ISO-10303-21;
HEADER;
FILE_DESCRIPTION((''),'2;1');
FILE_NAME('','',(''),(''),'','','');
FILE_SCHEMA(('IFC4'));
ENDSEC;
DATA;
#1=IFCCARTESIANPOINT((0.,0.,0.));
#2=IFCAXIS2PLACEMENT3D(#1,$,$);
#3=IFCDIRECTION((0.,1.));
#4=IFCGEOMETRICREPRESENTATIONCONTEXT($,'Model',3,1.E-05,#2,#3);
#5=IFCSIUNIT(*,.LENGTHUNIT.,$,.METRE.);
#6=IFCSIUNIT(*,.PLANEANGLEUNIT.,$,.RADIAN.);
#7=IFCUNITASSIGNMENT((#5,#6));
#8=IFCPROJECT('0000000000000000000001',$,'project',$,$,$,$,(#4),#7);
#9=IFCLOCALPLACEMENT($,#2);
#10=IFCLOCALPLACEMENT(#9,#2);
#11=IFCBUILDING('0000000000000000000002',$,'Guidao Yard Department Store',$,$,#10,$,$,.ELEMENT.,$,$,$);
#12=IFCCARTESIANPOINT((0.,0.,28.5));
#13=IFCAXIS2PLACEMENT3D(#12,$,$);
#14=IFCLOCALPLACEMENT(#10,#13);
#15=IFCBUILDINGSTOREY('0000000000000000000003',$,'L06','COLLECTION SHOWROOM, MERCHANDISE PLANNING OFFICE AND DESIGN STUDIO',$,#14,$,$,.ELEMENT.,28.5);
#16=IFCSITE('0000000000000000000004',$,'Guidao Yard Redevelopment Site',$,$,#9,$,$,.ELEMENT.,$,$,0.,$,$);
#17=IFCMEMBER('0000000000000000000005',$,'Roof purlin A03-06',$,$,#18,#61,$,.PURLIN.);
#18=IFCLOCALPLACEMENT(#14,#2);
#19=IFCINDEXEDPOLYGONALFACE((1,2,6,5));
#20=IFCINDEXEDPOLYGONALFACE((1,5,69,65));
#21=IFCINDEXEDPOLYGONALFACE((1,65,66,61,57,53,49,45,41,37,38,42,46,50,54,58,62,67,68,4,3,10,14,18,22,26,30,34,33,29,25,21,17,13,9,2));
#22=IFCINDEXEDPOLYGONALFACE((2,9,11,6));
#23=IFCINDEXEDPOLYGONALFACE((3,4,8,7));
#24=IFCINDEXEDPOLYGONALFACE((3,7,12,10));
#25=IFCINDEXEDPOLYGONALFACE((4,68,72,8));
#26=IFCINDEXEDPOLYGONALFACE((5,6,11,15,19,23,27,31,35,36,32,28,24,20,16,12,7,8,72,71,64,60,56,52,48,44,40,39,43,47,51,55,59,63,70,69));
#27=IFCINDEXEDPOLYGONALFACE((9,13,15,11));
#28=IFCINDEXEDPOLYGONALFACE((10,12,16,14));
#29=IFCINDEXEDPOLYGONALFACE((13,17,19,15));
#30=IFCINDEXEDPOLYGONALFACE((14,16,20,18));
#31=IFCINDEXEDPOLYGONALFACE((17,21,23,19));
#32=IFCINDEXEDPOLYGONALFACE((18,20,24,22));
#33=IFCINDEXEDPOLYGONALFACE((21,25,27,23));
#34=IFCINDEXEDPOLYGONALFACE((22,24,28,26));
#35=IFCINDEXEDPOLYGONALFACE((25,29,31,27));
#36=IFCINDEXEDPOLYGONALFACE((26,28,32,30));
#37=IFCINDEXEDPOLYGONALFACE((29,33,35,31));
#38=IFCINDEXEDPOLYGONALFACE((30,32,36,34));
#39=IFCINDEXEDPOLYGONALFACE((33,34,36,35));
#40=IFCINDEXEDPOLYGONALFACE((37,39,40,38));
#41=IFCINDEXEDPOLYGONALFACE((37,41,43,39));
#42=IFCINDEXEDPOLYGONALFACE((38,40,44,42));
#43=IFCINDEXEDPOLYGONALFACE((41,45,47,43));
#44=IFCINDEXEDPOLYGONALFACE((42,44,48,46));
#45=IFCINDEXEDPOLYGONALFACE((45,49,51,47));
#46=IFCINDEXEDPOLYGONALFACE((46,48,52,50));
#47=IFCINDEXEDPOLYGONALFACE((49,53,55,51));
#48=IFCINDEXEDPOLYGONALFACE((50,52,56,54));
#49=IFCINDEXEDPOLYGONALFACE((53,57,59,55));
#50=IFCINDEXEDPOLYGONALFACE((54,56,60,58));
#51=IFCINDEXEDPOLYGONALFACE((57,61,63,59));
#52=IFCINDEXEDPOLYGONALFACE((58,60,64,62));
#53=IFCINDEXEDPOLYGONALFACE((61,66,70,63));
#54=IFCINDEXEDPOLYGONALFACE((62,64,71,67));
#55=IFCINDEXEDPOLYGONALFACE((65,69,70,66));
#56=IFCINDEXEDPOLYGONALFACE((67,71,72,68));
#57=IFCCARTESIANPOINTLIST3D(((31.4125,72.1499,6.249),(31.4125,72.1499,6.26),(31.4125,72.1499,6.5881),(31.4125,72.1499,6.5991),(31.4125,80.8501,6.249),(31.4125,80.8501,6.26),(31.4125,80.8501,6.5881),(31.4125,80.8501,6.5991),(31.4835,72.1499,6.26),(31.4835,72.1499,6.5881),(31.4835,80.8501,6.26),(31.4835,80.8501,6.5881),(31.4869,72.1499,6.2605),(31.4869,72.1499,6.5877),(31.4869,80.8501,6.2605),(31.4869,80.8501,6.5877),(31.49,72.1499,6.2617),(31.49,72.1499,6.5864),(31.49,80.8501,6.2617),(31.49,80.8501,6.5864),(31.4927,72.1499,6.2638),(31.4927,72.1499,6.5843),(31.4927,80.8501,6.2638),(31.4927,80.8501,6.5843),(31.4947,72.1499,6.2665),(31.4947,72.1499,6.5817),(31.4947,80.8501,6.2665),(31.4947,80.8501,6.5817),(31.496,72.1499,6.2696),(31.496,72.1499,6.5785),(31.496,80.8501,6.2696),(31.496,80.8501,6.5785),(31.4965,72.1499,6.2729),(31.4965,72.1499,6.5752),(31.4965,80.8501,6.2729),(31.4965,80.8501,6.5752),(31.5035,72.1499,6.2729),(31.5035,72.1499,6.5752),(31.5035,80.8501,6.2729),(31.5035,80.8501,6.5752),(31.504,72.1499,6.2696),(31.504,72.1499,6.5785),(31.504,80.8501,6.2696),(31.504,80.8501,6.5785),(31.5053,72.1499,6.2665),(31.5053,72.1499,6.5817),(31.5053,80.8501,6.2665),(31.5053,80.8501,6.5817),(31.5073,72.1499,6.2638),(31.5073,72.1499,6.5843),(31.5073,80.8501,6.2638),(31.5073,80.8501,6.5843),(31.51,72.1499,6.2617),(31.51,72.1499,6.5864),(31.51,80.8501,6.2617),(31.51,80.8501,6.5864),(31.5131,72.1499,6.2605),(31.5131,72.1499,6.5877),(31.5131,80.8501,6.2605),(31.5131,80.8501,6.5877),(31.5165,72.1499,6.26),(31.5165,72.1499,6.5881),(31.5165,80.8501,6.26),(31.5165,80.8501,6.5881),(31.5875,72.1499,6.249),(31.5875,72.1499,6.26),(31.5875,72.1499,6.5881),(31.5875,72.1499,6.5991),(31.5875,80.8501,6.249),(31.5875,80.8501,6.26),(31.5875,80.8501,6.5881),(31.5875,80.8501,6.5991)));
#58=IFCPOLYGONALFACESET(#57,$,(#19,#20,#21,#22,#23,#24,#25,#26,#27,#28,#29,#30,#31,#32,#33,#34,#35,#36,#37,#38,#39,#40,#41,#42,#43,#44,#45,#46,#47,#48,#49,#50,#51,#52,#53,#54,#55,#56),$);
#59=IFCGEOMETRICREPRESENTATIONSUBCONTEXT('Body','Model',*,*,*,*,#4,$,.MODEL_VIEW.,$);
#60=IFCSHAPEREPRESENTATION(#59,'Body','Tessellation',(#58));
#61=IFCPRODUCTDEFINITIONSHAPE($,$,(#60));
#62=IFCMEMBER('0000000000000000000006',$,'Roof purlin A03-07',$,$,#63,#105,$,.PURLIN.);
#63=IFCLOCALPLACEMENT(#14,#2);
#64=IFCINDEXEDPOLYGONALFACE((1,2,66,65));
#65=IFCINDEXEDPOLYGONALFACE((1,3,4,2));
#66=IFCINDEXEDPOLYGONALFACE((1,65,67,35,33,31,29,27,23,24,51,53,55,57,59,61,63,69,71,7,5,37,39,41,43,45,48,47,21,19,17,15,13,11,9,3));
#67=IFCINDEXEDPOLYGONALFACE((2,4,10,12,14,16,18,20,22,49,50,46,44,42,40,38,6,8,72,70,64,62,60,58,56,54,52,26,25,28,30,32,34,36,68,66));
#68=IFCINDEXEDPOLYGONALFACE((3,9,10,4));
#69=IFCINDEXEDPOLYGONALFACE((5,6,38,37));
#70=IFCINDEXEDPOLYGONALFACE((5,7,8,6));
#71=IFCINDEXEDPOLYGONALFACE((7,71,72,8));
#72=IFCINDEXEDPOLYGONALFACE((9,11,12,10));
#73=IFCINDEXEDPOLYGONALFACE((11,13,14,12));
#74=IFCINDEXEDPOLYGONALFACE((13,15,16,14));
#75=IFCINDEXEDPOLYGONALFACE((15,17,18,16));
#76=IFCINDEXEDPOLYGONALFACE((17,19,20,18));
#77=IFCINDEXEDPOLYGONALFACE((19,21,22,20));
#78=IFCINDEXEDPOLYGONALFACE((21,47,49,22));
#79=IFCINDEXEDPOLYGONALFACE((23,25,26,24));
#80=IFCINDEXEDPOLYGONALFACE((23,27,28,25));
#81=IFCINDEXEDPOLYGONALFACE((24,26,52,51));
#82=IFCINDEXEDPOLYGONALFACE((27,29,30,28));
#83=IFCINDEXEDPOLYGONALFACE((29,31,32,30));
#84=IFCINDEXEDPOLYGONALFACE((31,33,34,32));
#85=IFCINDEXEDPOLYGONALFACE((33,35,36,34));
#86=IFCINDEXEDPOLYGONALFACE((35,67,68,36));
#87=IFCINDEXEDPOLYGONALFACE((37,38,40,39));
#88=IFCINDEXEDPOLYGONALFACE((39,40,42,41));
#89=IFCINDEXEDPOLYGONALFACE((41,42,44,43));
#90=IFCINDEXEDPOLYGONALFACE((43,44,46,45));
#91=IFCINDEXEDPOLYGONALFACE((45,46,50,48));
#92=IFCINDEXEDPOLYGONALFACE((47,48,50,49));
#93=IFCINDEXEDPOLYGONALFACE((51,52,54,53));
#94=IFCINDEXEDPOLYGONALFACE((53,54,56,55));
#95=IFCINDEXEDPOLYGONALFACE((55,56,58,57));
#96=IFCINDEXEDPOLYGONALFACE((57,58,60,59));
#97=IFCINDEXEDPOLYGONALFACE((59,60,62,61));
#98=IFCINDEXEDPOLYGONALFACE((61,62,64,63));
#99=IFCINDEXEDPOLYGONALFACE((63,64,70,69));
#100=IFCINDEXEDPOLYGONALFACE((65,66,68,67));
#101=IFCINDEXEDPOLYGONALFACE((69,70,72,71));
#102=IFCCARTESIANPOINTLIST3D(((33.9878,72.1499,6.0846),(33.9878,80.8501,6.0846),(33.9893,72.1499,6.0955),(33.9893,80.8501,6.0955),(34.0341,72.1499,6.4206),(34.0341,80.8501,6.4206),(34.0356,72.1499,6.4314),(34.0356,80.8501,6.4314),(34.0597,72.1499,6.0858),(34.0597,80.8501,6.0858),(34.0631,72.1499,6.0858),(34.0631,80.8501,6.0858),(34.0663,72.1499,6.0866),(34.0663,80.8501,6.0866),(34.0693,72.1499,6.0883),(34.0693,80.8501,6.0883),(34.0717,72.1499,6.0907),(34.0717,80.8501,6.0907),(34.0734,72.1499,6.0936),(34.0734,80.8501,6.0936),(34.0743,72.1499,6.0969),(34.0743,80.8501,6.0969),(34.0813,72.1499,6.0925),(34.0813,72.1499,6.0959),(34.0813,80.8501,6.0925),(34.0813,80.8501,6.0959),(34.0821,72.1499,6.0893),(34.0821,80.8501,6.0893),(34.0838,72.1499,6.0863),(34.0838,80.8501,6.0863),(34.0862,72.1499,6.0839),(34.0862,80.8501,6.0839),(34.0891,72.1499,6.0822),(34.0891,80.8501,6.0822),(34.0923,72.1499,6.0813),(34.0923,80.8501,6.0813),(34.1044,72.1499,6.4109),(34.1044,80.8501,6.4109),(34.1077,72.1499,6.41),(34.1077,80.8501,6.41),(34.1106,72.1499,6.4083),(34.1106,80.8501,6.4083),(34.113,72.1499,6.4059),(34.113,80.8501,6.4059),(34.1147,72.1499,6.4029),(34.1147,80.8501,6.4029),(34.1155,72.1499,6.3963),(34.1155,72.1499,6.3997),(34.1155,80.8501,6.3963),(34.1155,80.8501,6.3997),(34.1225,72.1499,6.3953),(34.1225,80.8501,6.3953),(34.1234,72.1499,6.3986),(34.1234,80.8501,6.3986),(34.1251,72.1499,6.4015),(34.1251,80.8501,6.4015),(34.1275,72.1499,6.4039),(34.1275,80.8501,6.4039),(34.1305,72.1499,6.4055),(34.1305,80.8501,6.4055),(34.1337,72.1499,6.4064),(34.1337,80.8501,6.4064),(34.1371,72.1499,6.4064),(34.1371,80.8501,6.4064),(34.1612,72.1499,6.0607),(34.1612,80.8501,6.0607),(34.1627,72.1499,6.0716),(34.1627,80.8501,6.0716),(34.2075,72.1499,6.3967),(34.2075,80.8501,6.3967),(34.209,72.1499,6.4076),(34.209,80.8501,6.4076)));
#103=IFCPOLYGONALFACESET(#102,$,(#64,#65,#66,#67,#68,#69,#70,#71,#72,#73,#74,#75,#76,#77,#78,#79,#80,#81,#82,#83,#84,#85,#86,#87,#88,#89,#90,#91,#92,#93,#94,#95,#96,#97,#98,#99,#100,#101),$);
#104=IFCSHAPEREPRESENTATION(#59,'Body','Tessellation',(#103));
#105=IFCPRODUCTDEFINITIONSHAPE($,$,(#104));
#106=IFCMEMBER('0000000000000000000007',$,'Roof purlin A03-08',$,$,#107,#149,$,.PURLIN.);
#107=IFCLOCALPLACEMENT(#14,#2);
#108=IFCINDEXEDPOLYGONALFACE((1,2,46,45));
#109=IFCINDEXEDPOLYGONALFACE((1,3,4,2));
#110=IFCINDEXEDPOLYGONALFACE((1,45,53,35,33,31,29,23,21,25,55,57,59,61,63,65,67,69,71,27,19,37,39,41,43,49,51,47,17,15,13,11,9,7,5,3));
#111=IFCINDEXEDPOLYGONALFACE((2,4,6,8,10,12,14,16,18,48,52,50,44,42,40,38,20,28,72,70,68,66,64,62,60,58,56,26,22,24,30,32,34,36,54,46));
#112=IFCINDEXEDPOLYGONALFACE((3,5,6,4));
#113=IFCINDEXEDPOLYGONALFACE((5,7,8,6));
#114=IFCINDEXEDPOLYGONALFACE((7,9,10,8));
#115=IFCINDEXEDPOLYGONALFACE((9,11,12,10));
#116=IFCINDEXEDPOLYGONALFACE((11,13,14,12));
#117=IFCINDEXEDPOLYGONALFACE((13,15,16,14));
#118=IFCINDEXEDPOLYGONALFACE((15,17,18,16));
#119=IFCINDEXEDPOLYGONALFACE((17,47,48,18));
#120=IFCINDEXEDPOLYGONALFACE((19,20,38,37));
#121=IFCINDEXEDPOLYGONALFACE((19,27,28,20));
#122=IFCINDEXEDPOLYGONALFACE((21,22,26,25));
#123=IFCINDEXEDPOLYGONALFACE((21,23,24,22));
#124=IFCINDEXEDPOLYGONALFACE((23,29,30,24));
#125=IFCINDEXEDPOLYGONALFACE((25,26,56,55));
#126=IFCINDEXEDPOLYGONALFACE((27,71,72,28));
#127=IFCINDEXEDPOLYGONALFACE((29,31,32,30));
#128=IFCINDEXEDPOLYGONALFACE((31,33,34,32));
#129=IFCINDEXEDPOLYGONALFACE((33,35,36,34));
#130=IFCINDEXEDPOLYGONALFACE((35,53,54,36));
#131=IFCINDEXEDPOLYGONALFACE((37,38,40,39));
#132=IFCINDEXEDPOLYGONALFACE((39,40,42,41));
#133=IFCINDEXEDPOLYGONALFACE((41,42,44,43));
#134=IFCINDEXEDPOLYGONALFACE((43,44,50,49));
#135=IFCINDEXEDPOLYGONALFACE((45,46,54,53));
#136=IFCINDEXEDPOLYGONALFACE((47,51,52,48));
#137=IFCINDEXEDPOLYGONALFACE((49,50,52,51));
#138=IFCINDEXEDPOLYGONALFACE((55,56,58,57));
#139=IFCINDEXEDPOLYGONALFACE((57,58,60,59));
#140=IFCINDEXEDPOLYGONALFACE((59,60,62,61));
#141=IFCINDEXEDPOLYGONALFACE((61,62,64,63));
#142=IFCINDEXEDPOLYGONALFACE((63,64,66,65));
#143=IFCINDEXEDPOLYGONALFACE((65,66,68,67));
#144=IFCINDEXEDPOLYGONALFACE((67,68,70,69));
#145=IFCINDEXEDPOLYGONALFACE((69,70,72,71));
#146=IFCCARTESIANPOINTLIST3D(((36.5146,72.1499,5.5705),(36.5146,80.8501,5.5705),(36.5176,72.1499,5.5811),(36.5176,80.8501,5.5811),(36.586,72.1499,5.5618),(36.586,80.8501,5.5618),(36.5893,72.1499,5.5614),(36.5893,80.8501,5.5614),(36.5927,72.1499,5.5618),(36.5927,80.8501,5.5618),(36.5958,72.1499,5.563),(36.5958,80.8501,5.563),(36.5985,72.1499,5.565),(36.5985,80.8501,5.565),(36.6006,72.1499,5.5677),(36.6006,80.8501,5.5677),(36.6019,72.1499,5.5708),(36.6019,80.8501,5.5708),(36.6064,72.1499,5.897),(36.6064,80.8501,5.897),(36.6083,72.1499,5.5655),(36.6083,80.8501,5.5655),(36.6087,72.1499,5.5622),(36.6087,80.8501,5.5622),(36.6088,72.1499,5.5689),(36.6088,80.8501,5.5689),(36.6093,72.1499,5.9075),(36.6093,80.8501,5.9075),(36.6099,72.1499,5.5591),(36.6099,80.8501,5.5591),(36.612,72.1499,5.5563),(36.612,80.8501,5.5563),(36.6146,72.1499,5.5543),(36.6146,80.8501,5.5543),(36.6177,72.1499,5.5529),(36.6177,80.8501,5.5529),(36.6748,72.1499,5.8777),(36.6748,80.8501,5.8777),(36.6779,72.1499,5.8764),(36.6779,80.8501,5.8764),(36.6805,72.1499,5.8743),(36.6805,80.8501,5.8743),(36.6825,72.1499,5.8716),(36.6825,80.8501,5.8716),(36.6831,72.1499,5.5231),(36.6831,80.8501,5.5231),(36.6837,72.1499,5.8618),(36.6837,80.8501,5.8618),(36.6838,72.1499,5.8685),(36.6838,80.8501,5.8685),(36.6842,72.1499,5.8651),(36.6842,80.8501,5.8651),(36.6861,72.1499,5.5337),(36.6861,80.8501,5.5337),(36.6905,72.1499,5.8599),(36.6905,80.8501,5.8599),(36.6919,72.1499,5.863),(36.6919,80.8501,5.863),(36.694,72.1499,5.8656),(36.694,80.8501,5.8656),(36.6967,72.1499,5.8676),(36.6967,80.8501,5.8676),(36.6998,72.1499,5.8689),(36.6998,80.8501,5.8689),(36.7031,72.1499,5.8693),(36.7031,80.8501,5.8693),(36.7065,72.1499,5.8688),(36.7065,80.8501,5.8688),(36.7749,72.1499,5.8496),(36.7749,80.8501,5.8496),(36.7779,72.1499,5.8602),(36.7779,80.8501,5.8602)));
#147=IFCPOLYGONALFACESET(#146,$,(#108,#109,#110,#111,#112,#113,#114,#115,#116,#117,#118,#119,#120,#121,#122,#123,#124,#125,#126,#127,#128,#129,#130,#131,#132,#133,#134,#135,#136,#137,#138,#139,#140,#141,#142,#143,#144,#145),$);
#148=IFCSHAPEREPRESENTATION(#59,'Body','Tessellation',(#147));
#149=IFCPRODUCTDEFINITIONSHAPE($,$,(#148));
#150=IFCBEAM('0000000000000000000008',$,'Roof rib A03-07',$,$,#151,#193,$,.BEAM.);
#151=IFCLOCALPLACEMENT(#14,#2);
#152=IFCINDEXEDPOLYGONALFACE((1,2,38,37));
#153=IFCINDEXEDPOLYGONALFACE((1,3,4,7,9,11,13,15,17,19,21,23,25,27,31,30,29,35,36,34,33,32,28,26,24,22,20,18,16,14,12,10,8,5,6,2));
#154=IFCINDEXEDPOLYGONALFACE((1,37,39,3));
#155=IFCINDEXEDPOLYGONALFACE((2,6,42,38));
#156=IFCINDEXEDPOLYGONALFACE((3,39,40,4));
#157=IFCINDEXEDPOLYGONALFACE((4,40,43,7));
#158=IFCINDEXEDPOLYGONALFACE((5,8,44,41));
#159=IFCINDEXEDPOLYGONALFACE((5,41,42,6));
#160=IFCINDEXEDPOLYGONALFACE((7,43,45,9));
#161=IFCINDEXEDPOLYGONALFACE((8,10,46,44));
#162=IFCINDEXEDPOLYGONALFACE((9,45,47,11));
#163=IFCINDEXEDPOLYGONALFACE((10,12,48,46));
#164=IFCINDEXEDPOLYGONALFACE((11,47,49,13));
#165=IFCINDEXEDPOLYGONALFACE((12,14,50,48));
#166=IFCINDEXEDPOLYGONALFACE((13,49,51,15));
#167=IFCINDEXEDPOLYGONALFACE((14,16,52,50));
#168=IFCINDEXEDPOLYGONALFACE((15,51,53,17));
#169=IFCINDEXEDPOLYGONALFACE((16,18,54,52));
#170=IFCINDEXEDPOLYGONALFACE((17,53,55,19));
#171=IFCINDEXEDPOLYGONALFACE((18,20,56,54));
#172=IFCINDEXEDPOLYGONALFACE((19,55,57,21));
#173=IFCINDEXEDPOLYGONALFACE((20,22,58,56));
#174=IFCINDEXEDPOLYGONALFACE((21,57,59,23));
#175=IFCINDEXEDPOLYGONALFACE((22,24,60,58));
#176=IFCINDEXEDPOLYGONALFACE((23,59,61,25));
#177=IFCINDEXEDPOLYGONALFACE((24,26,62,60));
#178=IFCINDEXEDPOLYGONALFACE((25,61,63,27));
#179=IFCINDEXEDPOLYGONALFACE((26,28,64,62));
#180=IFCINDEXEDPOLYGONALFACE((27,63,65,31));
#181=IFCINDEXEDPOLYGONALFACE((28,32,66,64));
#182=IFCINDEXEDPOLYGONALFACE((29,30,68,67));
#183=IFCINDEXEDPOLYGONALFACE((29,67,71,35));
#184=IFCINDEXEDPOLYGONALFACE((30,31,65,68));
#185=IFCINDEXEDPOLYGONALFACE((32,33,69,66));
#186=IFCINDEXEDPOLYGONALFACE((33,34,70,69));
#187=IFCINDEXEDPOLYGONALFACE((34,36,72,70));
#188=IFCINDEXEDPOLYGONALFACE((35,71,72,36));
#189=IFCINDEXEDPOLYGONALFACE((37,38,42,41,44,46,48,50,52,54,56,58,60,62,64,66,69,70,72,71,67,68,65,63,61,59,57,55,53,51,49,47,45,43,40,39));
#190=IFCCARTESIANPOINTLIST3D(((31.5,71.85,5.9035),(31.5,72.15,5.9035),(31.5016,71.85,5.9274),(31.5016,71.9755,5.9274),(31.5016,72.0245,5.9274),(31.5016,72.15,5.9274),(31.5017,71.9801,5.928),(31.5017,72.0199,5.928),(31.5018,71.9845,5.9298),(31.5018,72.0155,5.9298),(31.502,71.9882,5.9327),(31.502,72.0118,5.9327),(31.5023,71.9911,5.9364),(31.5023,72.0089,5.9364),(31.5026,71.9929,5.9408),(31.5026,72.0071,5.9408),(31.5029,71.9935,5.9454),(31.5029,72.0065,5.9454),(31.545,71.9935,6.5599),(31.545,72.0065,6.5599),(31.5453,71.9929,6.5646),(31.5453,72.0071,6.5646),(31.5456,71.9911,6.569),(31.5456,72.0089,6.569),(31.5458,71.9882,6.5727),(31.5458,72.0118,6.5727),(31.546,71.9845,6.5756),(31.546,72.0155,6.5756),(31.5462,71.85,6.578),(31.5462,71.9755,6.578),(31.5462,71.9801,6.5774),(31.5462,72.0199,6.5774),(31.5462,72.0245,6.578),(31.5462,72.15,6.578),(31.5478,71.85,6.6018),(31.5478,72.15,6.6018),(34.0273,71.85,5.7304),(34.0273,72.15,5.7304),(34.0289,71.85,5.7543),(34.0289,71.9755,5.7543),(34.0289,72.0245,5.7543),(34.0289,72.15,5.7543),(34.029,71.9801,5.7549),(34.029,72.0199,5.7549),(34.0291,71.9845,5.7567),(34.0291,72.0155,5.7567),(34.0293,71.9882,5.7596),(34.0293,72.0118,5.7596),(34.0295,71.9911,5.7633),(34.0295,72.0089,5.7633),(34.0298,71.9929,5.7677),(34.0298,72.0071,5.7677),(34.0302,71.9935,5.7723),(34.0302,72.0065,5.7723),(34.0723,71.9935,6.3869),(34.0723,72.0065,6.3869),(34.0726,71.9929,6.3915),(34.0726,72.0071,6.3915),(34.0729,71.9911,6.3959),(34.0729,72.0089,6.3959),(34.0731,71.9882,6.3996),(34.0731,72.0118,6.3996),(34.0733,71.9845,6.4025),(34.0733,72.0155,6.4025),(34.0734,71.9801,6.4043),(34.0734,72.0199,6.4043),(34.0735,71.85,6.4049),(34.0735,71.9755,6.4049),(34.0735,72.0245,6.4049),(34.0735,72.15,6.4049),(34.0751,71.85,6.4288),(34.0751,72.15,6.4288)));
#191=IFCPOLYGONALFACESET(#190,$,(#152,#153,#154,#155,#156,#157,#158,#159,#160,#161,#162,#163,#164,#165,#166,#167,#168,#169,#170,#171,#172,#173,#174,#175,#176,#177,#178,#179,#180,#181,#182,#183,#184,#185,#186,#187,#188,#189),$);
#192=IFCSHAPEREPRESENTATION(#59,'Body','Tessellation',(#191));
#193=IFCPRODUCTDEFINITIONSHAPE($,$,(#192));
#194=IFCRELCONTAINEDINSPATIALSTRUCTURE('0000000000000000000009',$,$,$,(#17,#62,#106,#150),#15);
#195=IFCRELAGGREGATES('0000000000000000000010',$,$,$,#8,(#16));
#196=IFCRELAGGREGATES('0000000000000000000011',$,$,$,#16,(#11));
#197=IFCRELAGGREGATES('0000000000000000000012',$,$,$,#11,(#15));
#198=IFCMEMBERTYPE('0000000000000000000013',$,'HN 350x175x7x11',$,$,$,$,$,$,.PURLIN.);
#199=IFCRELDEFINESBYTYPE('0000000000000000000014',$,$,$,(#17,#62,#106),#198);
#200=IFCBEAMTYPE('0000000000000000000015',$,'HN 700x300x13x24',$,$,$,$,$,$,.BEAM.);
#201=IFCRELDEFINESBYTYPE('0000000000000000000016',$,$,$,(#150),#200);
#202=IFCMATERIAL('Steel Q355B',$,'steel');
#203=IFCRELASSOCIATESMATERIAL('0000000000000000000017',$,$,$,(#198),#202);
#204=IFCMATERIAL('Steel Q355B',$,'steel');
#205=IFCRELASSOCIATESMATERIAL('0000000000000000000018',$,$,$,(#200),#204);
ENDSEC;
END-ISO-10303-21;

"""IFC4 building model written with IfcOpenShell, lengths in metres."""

from ifc_helpers import new_model, si_unit, direction, frame, origin, origin_2d, place, context, subcontext, project, spatial, i_section, extrude, material, material_profile, profile_set, type_object, element, save


model = new_model("IFC4")

# Units and contexts
model_context = context("Model", 3, precision=1e-05, world=origin(), true_north=direction((0.0, 1.0)))
body_context = subcontext(model_context, "Body", "Model", "MODEL_VIEW")
ifc_project = project(units=[si_unit("LENGTHUNIT", "METRE"), si_unit("PLANEANGLEUNIT", "RADIAN")], contexts=[model_context])

# Site, building, storey
site_placement = place(None, origin())
site = spatial("IfcSite", under=ifc_project, at=site_placement, Name="Guidao Yard Redevelopment Site", CompositionType="ELEMENT", RefElevation=0.0)
building_placement = place(site_placement, origin())
building = spatial("IfcBuilding", under=site, at=building_placement, Name="Guidao Yard Department Store", CompositionType="ELEMENT")
storey_placement = place(building_placement, frame((0.0, 0.0, 28.5)))
storey = spatial("IfcBuildingStorey", under=building, at=storey_placement, Name="L06", Description="COLLECTION SHOWROOM, MERCHANDISE PLANNING OFFICE AND DESIGN STUDIO", CompositionType="ELEMENT", Elevation=28.5)

# Members
ifc_material_1 = material(Name="Steel Q355B", Category="steel")
ifc_material_profile_1 = material_profile(ifc_material_1, i_section(OverallWidth=0.175, OverallDepth=0.3501, WebThickness=0.0071, FlangeThickness=0.011, FilletRadius=0.0129, at=origin_2d()), Name="HN 350x175x7x11")
ifc_profile_set_1 = profile_set([ifc_material_profile_1], Name="Steel Q355B")
member_type_1 = type_object("IfcMemberType", Name="HN 350x175x7x11", PredefinedType="PURLIN", material=ifc_profile_set_1)
for number, where, z_axis, x_axis, name in (
    (1, (31.5, 72.1499, 6.4241), (0.0, 1.0, 0.0), (-1.0, 0.0, 0.0), "Roof purlin A03-06"),
    (2, (34.0984, 72.1499, 6.2461), (0.0, 1.0, 0.0), (-0.990647, 0.0, 0.136449), "Roof purlin A03-07"),
    (3, (36.6462, 72.1499, 5.7153), (0.0, 1.0, 0.0), (-0.962712, 0.0, 0.270529), "Roof purlin A03-08"),
):
    element("IfcMember", number, at=place(storey_placement, frame(where, z_axis=z_axis, x_axis=x_axis)), inside=storey, type_object=member_type_1, Name=name, PredefinedType="PURLIN", context=body_context, shape_type="SweptSolid", body=[
        extrude(i_section(OverallWidth=0.175, OverallDepth=0.3501, WebThickness=0.0071, FlangeThickness=0.011, FilletRadius=0.0129, at=origin_2d()), origin(), (0.0, 0.0, 1.0), 8.7002),
    ])

# Beam
ifc_material_2 = material(Name="Steel Q355B", Category="steel")
ifc_material_profile_2 = material_profile(ifc_material_2, i_section(OverallWidth=0.3, OverallDepth=0.7, WebThickness=0.0129, FlangeThickness=0.0239, FilletRadius=0.0181, at=origin_2d()), Name="HN 700x300x13x24")
ifc_profile_set_2 = profile_set([ifc_material_profile_2], Name="Steel Q355B")
beam_type = type_object("IfcBeamType", Name="HN 700x300x13x24", PredefinedType="BEAM", material=ifc_profile_set_2)
beam_1_placement = place(storey_placement, frame((31.5239, 72.0, 6.2527), z_axis=(0.997663, 0.0, -0.068329), x_axis=(0.0, 1.0, 0.0)))
element("IfcBeam", 4, at=beam_1_placement, inside=storey, type_object=beam_type, Name="Roof rib A03-07", PredefinedType="BEAM", context=body_context, shape_type="SweptSolid", body=[
    extrude(i_section(OverallWidth=0.3, OverallDepth=0.7, WebThickness=0.0129, FlangeThickness=0.0239, FilletRadius=0.0181, at=origin_2d()), origin(), (0.0, 0.0, 1.0), 2.5332),
])

save(model, "model.ifc")
